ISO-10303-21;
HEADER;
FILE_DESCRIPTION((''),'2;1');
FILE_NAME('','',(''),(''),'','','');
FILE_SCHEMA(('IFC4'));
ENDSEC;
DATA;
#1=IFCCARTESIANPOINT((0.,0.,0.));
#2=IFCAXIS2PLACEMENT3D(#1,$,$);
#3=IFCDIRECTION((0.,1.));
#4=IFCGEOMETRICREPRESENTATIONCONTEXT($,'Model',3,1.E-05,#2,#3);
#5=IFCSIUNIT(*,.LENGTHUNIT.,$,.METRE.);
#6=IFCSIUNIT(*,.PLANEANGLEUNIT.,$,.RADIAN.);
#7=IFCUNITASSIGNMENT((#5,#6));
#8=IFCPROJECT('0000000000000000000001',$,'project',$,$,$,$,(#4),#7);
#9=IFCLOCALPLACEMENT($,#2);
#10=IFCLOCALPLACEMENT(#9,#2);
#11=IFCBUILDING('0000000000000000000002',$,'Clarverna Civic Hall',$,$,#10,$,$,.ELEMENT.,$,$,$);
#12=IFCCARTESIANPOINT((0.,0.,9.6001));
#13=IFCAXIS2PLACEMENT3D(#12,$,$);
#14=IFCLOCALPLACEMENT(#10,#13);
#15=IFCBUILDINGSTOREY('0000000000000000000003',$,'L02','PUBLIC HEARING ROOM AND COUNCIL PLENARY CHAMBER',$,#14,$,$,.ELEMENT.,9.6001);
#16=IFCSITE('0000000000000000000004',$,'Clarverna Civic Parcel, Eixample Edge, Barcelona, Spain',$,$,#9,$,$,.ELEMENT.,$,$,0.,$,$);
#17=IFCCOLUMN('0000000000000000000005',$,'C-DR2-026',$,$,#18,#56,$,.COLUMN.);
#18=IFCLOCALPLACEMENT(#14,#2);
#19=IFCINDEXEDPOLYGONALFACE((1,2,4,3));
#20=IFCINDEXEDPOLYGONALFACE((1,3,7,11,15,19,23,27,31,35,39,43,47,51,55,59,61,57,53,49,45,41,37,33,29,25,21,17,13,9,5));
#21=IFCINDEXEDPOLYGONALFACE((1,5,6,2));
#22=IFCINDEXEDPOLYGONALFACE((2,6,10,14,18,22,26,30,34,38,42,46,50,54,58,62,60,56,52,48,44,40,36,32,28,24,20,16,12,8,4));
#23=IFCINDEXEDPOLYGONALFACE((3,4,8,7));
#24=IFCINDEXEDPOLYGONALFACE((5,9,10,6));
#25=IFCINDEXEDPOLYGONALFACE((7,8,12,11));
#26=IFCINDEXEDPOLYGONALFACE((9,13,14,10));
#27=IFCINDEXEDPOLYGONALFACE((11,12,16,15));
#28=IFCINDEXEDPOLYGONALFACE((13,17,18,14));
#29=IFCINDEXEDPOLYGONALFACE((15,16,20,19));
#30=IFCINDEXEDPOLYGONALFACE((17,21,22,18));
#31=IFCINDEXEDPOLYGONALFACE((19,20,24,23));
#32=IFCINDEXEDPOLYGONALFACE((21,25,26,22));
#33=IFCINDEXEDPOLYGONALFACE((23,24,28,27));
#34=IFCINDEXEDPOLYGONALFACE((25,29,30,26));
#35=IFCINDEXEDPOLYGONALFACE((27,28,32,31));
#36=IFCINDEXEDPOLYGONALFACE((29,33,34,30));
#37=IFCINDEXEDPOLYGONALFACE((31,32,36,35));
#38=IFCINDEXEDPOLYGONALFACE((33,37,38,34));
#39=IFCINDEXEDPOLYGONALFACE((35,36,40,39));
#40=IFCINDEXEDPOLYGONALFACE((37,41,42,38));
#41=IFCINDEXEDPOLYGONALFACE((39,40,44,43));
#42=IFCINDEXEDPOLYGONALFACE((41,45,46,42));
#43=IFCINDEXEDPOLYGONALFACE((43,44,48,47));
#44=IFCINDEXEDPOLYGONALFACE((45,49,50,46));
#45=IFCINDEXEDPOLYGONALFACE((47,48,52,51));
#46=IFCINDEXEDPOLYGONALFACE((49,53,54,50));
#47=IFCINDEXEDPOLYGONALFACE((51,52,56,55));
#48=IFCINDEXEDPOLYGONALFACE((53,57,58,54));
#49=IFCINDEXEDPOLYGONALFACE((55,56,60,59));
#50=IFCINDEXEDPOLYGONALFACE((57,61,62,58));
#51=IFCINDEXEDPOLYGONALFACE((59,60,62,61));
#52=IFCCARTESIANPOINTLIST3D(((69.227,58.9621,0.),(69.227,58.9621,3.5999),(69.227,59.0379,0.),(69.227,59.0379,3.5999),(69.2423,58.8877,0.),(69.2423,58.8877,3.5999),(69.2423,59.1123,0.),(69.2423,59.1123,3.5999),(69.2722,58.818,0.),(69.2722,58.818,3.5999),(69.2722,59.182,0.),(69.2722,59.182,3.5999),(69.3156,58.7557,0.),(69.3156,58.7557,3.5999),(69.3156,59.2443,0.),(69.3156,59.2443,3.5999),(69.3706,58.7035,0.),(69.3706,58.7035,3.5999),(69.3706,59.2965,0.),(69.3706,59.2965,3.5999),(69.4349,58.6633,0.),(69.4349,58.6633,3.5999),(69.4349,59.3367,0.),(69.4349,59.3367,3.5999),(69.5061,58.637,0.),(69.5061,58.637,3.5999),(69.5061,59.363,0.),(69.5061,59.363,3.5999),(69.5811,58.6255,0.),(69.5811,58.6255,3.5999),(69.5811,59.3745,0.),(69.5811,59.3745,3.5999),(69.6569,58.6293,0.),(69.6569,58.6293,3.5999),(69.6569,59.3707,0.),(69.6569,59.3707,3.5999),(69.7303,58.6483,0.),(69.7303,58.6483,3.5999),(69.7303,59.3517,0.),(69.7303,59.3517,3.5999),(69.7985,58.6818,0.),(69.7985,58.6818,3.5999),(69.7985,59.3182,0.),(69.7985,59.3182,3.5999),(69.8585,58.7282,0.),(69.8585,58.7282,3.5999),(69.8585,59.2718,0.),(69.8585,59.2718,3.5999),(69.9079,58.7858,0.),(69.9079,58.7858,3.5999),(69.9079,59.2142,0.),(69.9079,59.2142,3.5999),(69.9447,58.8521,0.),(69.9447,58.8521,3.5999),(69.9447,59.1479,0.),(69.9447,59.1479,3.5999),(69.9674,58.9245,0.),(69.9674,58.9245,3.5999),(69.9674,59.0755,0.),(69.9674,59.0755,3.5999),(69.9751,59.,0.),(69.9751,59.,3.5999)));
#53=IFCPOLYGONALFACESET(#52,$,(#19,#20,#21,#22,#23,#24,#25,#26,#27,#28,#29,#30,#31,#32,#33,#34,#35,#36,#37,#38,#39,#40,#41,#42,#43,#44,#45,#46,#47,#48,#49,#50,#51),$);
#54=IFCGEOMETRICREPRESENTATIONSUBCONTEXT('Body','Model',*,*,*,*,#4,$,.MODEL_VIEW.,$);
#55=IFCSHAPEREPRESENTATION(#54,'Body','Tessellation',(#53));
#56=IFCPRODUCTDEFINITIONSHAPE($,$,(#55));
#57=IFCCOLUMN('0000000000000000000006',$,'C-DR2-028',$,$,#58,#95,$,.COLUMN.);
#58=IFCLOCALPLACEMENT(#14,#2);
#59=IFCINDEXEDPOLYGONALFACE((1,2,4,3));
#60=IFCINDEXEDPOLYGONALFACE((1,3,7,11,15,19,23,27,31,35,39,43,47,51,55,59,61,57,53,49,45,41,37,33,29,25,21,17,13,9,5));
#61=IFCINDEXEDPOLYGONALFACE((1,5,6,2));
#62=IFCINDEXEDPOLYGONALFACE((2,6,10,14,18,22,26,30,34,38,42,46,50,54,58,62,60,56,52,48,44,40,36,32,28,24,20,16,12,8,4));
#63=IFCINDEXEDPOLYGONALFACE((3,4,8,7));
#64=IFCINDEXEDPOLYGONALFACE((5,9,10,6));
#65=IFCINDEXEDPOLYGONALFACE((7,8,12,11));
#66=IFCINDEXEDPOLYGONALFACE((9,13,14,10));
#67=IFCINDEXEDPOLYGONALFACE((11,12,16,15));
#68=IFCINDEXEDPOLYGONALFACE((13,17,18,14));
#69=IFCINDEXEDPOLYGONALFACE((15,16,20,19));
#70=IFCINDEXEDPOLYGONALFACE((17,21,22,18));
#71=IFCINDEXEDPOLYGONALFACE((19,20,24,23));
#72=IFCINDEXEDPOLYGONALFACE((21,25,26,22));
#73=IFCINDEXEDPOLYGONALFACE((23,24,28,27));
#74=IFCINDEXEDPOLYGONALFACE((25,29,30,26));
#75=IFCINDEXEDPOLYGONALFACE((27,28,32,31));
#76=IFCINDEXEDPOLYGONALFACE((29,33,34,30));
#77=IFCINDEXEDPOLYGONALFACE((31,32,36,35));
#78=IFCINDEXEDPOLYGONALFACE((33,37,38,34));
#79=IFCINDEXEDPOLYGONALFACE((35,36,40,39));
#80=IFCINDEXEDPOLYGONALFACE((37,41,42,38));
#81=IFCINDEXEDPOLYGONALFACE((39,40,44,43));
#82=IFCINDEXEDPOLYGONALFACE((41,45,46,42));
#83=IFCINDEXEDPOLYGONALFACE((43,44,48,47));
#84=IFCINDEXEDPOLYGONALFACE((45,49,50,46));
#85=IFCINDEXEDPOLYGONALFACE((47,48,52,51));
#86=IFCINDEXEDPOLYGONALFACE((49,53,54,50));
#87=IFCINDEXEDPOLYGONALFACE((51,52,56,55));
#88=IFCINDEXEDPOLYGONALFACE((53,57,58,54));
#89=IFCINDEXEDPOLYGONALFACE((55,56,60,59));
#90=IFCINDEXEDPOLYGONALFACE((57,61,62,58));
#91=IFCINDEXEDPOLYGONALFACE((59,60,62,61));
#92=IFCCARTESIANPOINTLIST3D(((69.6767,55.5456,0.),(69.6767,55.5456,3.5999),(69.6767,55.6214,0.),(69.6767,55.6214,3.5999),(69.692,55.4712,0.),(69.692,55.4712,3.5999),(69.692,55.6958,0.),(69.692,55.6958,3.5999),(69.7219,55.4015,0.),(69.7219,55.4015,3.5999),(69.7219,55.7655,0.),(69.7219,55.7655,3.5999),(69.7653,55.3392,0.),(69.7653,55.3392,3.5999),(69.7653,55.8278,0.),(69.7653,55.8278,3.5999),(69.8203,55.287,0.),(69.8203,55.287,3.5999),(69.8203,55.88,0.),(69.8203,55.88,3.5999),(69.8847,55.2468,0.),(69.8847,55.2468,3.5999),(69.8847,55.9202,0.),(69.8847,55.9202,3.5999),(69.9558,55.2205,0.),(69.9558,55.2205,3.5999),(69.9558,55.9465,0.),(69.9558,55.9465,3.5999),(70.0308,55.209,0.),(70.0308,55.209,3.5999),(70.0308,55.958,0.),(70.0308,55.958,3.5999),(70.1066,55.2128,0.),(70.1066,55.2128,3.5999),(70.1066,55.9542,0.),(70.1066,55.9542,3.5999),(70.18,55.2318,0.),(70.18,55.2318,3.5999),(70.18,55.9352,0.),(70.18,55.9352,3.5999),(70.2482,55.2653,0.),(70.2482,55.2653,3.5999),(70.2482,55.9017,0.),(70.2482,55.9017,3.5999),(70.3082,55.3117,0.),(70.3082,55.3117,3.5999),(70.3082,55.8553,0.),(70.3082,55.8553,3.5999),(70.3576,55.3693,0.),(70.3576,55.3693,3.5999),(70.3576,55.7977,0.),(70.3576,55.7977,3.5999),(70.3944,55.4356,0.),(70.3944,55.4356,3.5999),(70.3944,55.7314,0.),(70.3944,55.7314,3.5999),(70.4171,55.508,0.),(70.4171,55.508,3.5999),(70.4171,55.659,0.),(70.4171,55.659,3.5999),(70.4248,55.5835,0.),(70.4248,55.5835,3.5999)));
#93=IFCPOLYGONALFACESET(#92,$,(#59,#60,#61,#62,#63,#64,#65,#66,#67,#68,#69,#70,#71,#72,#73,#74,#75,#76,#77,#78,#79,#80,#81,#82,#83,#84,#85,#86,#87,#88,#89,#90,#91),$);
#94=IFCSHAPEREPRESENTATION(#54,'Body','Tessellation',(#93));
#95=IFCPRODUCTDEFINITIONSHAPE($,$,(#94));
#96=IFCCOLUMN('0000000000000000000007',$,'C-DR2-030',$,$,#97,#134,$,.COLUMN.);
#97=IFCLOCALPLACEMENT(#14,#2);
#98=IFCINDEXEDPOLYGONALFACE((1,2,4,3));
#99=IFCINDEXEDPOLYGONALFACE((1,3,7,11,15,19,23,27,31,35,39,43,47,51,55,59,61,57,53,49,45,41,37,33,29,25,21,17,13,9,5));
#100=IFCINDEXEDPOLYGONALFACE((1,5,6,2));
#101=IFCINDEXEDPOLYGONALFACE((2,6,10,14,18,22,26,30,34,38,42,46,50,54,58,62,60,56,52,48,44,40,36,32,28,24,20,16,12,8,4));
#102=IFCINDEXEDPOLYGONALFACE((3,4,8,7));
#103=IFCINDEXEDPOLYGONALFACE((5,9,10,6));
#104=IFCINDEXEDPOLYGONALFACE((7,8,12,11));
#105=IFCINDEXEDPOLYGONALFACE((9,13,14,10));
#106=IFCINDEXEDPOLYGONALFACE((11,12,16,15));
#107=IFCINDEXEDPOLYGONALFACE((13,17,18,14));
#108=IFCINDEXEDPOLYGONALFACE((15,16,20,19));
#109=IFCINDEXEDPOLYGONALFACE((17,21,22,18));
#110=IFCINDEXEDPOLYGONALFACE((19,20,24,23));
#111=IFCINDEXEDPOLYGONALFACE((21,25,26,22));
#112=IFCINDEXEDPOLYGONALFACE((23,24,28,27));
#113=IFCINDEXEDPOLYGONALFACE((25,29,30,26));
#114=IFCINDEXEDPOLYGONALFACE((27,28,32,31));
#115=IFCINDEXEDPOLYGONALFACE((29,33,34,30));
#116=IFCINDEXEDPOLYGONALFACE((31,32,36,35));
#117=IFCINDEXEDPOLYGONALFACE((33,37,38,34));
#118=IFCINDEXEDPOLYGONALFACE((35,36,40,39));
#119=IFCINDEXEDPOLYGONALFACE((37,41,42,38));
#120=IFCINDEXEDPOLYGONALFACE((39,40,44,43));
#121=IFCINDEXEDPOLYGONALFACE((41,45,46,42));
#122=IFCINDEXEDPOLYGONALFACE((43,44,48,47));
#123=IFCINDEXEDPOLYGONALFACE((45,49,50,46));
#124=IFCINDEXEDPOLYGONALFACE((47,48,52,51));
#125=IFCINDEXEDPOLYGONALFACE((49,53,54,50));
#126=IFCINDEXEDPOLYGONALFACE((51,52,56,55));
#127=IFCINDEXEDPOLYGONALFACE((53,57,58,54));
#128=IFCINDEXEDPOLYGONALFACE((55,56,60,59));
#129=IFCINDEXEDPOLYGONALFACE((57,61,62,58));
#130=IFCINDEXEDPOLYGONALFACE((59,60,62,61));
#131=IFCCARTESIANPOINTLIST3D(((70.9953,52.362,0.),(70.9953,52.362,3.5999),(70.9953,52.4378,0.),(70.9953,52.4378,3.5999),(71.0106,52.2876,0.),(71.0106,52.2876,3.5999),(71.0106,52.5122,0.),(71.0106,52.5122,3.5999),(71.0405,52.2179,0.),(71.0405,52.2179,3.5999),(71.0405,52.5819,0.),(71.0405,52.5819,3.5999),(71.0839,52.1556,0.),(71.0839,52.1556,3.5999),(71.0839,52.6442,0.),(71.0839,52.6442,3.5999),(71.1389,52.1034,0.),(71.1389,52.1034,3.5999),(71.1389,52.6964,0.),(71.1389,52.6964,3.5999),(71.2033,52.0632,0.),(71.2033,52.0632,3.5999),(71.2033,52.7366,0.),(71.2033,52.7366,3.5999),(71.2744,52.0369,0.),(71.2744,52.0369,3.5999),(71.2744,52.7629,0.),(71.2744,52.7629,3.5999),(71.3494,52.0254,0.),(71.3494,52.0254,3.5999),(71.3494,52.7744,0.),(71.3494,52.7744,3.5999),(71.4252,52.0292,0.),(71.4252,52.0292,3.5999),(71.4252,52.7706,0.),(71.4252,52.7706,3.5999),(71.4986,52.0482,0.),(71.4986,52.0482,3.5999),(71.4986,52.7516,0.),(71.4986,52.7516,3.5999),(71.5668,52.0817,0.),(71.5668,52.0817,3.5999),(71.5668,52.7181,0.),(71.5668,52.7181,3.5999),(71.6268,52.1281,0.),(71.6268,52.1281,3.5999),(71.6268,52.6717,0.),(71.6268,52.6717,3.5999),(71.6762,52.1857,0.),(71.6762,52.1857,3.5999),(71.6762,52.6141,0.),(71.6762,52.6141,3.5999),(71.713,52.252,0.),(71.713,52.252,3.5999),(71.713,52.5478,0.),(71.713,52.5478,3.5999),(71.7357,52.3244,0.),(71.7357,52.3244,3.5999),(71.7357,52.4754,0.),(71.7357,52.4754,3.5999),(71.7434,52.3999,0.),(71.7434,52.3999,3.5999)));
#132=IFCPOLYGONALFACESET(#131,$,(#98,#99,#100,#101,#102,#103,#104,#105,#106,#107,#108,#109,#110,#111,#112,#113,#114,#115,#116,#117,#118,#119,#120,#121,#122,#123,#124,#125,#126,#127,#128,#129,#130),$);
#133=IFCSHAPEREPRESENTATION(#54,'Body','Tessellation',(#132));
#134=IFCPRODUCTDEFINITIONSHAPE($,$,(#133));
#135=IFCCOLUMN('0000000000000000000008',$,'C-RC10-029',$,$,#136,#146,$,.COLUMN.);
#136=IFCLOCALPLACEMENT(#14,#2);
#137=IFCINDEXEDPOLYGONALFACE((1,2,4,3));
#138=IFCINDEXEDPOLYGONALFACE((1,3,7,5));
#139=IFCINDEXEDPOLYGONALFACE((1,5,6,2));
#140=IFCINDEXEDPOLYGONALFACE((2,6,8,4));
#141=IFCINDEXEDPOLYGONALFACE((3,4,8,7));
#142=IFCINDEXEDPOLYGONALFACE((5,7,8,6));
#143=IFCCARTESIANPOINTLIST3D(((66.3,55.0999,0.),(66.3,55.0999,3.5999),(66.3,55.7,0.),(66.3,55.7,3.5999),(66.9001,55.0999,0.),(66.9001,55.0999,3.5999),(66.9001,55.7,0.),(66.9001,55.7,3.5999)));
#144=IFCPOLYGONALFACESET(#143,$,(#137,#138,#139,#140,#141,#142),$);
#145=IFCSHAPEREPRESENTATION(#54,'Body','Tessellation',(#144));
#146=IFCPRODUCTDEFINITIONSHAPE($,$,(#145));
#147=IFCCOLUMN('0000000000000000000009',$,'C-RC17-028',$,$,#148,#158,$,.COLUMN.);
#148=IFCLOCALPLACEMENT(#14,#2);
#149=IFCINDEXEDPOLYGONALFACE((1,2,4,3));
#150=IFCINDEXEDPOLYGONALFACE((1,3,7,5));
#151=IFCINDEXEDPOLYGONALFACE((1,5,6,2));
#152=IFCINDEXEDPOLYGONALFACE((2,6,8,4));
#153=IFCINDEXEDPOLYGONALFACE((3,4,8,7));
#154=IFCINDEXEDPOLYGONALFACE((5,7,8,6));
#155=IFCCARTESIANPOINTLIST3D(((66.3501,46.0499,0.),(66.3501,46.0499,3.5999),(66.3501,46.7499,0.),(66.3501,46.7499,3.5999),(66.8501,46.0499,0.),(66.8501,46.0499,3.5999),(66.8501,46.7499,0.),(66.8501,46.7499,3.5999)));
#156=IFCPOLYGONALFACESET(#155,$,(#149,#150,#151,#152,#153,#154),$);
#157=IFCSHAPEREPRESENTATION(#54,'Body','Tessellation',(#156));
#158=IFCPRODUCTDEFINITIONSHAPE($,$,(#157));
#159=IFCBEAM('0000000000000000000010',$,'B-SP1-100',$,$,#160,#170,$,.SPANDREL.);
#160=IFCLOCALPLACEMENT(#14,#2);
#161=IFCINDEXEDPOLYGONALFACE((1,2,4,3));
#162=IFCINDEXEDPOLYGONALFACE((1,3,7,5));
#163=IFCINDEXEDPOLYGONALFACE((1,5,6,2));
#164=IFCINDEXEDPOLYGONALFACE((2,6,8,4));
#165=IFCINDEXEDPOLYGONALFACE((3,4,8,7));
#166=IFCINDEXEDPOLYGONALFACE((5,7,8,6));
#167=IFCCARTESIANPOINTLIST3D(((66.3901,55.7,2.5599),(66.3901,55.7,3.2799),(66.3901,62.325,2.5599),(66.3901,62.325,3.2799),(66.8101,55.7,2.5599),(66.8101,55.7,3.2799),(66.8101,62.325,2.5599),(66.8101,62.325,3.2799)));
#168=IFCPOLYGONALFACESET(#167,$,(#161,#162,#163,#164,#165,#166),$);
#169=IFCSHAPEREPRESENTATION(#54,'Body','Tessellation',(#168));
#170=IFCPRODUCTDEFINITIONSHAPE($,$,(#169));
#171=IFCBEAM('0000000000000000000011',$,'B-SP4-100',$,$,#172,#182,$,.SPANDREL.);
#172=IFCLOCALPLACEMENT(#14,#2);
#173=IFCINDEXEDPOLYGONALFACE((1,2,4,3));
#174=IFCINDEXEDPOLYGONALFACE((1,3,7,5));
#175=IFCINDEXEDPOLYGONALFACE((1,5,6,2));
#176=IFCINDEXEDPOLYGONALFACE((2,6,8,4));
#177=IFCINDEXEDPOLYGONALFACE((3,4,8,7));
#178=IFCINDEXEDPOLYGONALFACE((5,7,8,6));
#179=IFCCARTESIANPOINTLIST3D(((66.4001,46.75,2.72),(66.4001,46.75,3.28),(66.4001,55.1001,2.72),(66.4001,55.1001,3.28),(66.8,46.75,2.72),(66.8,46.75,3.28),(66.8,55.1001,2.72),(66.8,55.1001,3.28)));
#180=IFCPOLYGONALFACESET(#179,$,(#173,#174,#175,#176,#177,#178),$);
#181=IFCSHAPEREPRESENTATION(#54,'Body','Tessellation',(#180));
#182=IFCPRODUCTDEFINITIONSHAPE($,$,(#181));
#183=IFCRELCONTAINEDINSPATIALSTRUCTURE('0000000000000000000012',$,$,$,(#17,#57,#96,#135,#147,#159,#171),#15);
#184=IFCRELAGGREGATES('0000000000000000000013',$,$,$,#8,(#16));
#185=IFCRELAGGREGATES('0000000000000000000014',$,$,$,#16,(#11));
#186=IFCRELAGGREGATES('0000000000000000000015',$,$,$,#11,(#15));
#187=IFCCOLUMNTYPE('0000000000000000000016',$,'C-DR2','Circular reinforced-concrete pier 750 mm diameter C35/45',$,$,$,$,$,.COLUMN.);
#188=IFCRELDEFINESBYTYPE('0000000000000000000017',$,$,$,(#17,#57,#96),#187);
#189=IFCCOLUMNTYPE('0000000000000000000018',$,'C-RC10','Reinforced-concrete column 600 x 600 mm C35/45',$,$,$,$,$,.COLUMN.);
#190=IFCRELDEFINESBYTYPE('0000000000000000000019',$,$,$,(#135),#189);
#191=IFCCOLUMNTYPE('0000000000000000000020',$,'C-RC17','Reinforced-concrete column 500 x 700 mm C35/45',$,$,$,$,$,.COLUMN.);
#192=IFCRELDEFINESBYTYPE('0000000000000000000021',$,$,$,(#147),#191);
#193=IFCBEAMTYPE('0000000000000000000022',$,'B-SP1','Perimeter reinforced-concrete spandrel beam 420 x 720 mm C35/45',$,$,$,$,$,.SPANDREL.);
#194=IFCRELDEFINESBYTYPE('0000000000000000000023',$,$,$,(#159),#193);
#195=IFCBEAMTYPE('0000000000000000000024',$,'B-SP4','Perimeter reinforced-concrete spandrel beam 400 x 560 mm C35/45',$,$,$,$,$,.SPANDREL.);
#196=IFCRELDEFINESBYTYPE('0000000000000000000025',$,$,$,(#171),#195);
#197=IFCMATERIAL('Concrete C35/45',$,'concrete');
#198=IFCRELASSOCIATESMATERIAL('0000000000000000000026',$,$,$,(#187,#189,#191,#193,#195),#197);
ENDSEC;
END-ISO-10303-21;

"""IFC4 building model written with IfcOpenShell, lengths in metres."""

from ifc_helpers import new_model, si_unit, direction, frame, origin, origin_2d, place, context, subcontext, project, spatial, rectangle, circle, extrude, material, material_profile, profile_set, type_object, element, save


model = new_model("IFC4")

# Units and contexts
model_context = context("Model", 3, precision=1e-05, world=origin(), true_north=direction((0.0, 1.0)))
body_context = subcontext(model_context, "Body", "Model", "MODEL_VIEW")
ifc_project = project(units=[si_unit("LENGTHUNIT", "METRE"), si_unit("PLANEANGLEUNIT", "RADIAN")], contexts=[model_context])

# Site, building, storey
site_placement = place(None, origin())
site = spatial("IfcSite", under=ifc_project, at=site_placement, Name="Clarverna Civic Parcel, Eixample Edge, Barcelona, Spain", CompositionType="ELEMENT", RefElevation=0.0)
building_placement = place(site_placement, origin())
building = spatial("IfcBuilding", under=site, at=building_placement, Name="Clarverna Civic Hall", CompositionType="ELEMENT")
storey_placement = place(building_placement, frame((0.0, 0.0, 9.6001)))
storey = spatial("IfcBuildingStorey", under=building, at=storey_placement, Name="L02", Description="PUBLIC HEARING ROOM AND COUNCIL PLENARY CHAMBER", CompositionType="ELEMENT", Elevation=9.6001)

# Columns
ifc_material_1 = material(Name="Concrete C35/45", Category="concrete")
ifc_material_profile_1 = material_profile(ifc_material_1, circle(Radius=0.375, at=origin_2d()), Name="RC D750")
ifc_profile_set_1 = profile_set([ifc_material_profile_1], Name="Concrete C35/45")
column_type_1 = type_object("IfcColumnType", Name="C-DR2", Description="Circular reinforced-concrete pier 750 mm diameter C35/45", PredefinedType="COLUMN", material=ifc_profile_set_1)
for number, where, z_axis, x_axis, name in (
    (1, (69.6001, 59.0, 0.0), (0.0, 0.0, 1.0), (1.0, 0.0, 0.0), "C-DR2-026"),
    (2, (70.0498, 55.5835, 0.0), (0.0, 0.0, 1.0), (1.0, 0.0, 0.0), "C-DR2-028"),
    (3, (71.3684, 52.3999, 0.0), (0.0, 0.0, 1.0), (1.0, 0.0, 0.0), "C-DR2-030"),
):
    element("IfcColumn", number, at=place(storey_placement, frame(where, z_axis=z_axis, x_axis=x_axis)), inside=storey, type_object=column_type_1, Name=name, PredefinedType="COLUMN", context=body_context, shape_type="SweptSolid", body=[
        extrude(circle(Radius=0.375, at=origin_2d()), origin(), (0.0, 0.0, 1.0), 3.5999),
    ])
ifc_material_profile_2 = material_profile(ifc_material_1, rectangle(XDim=0.6001, YDim=0.6001, at=origin_2d()), Name="RC 600x600")
ifc_profile_set_2 = profile_set([ifc_material_profile_2], Name="Concrete C35/45")
column_type_2 = type_object("IfcColumnType", Name="C-RC10", Description="Reinforced-concrete column 600 x 600 mm C35/45", PredefinedType="COLUMN", material=ifc_profile_set_2)
column_1_placement = place(storey_placement, frame((66.6001, 55.3999, 0.0), z_axis=(0.0, 0.0, 1.0), x_axis=(1.0, 0.0, 0.0)))
element("IfcColumn", 4, at=column_1_placement, inside=storey, type_object=column_type_2, Name="C-RC10-029", PredefinedType="COLUMN", context=body_context, shape_type="SweptSolid", body=[
    extrude(rectangle(XDim=0.6001, YDim=0.6001, at=origin_2d()), origin(), (0.0, 0.0, 1.0), 3.5999),
])
ifc_material_profile_3 = material_profile(ifc_material_1, rectangle(XDim=0.5, YDim=0.7, at=origin_2d()), Name="RC 500x700")
ifc_profile_set_3 = profile_set([ifc_material_profile_3], Name="Concrete C35/45")
column_type_3 = type_object("IfcColumnType", Name="C-RC17", Description="Reinforced-concrete column 500 x 700 mm C35/45", PredefinedType="COLUMN", material=ifc_profile_set_3)
column_2_placement = place(storey_placement, frame((66.6001, 46.3999, 0.0), z_axis=(0.0, 0.0, 1.0), x_axis=(1.0, 0.0, 0.0)))
element("IfcColumn", 5, at=column_2_placement, inside=storey, type_object=column_type_3, Name="C-RC17-028", PredefinedType="COLUMN", context=body_context, shape_type="SweptSolid", body=[
    extrude(rectangle(XDim=0.5, YDim=0.7, at=origin_2d()), origin(), (0.0, 0.0, 1.0), 3.5999),
])

# Beams
ifc_material_profile_4 = material_profile(ifc_material_1, rectangle(XDim=0.4199, YDim=0.72, at=origin_2d()), Name="RC 420x720")
ifc_profile_set_4 = profile_set([ifc_material_profile_4], Name="Concrete C35/45")
beam_type_1 = type_object("IfcBeamType", Name="B-SP1", Description="Perimeter reinforced-concrete spandrel beam 420 x 720 mm C35/45", PredefinedType="SPANDREL", material=ifc_profile_set_4)
beam_1_placement = place(storey_placement, frame((66.6001, 55.7, 2.9199), z_axis=(0.0, 1.0, 0.0), x_axis=(-1.0, 0.0, 0.0)))
element("IfcBeam", 6, at=beam_1_placement, inside=storey, type_object=beam_type_1, Name="B-SP1-100", PredefinedType="SPANDREL", context=body_context, shape_type="SweptSolid", body=[
    extrude(rectangle(XDim=0.4199, YDim=0.72, at=origin_2d()), origin(), (0.0, 0.0, 1.0), 6.625),
])
ifc_material_profile_5 = material_profile(ifc_material_1, rectangle(XDim=0.3999, YDim=0.5601, at=origin_2d()), Name="RC 400x560")
ifc_profile_set_5 = profile_set([ifc_material_profile_5], Name="Concrete C35/45")
beam_type_2 = type_object("IfcBeamType", Name="B-SP4", Description="Perimeter reinforced-concrete spandrel beam 400 x 560 mm C35/45", PredefinedType="SPANDREL", material=ifc_profile_set_5)
beam_2_placement = place(storey_placement, frame((66.6001, 46.75, 3.0), z_axis=(0.0, 1.0, 0.0), x_axis=(-1.0, 0.0, 0.0)))
element("IfcBeam", 7, at=beam_2_placement, inside=storey, type_object=beam_type_2, Name="B-SP4-100", PredefinedType="SPANDREL", context=body_context, shape_type="SweptSolid", body=[
    extrude(rectangle(XDim=0.3999, YDim=0.5601, at=origin_2d()), origin(), (0.0, 0.0, 1.0), 8.3501),
])

save(model, "model.ifc")
